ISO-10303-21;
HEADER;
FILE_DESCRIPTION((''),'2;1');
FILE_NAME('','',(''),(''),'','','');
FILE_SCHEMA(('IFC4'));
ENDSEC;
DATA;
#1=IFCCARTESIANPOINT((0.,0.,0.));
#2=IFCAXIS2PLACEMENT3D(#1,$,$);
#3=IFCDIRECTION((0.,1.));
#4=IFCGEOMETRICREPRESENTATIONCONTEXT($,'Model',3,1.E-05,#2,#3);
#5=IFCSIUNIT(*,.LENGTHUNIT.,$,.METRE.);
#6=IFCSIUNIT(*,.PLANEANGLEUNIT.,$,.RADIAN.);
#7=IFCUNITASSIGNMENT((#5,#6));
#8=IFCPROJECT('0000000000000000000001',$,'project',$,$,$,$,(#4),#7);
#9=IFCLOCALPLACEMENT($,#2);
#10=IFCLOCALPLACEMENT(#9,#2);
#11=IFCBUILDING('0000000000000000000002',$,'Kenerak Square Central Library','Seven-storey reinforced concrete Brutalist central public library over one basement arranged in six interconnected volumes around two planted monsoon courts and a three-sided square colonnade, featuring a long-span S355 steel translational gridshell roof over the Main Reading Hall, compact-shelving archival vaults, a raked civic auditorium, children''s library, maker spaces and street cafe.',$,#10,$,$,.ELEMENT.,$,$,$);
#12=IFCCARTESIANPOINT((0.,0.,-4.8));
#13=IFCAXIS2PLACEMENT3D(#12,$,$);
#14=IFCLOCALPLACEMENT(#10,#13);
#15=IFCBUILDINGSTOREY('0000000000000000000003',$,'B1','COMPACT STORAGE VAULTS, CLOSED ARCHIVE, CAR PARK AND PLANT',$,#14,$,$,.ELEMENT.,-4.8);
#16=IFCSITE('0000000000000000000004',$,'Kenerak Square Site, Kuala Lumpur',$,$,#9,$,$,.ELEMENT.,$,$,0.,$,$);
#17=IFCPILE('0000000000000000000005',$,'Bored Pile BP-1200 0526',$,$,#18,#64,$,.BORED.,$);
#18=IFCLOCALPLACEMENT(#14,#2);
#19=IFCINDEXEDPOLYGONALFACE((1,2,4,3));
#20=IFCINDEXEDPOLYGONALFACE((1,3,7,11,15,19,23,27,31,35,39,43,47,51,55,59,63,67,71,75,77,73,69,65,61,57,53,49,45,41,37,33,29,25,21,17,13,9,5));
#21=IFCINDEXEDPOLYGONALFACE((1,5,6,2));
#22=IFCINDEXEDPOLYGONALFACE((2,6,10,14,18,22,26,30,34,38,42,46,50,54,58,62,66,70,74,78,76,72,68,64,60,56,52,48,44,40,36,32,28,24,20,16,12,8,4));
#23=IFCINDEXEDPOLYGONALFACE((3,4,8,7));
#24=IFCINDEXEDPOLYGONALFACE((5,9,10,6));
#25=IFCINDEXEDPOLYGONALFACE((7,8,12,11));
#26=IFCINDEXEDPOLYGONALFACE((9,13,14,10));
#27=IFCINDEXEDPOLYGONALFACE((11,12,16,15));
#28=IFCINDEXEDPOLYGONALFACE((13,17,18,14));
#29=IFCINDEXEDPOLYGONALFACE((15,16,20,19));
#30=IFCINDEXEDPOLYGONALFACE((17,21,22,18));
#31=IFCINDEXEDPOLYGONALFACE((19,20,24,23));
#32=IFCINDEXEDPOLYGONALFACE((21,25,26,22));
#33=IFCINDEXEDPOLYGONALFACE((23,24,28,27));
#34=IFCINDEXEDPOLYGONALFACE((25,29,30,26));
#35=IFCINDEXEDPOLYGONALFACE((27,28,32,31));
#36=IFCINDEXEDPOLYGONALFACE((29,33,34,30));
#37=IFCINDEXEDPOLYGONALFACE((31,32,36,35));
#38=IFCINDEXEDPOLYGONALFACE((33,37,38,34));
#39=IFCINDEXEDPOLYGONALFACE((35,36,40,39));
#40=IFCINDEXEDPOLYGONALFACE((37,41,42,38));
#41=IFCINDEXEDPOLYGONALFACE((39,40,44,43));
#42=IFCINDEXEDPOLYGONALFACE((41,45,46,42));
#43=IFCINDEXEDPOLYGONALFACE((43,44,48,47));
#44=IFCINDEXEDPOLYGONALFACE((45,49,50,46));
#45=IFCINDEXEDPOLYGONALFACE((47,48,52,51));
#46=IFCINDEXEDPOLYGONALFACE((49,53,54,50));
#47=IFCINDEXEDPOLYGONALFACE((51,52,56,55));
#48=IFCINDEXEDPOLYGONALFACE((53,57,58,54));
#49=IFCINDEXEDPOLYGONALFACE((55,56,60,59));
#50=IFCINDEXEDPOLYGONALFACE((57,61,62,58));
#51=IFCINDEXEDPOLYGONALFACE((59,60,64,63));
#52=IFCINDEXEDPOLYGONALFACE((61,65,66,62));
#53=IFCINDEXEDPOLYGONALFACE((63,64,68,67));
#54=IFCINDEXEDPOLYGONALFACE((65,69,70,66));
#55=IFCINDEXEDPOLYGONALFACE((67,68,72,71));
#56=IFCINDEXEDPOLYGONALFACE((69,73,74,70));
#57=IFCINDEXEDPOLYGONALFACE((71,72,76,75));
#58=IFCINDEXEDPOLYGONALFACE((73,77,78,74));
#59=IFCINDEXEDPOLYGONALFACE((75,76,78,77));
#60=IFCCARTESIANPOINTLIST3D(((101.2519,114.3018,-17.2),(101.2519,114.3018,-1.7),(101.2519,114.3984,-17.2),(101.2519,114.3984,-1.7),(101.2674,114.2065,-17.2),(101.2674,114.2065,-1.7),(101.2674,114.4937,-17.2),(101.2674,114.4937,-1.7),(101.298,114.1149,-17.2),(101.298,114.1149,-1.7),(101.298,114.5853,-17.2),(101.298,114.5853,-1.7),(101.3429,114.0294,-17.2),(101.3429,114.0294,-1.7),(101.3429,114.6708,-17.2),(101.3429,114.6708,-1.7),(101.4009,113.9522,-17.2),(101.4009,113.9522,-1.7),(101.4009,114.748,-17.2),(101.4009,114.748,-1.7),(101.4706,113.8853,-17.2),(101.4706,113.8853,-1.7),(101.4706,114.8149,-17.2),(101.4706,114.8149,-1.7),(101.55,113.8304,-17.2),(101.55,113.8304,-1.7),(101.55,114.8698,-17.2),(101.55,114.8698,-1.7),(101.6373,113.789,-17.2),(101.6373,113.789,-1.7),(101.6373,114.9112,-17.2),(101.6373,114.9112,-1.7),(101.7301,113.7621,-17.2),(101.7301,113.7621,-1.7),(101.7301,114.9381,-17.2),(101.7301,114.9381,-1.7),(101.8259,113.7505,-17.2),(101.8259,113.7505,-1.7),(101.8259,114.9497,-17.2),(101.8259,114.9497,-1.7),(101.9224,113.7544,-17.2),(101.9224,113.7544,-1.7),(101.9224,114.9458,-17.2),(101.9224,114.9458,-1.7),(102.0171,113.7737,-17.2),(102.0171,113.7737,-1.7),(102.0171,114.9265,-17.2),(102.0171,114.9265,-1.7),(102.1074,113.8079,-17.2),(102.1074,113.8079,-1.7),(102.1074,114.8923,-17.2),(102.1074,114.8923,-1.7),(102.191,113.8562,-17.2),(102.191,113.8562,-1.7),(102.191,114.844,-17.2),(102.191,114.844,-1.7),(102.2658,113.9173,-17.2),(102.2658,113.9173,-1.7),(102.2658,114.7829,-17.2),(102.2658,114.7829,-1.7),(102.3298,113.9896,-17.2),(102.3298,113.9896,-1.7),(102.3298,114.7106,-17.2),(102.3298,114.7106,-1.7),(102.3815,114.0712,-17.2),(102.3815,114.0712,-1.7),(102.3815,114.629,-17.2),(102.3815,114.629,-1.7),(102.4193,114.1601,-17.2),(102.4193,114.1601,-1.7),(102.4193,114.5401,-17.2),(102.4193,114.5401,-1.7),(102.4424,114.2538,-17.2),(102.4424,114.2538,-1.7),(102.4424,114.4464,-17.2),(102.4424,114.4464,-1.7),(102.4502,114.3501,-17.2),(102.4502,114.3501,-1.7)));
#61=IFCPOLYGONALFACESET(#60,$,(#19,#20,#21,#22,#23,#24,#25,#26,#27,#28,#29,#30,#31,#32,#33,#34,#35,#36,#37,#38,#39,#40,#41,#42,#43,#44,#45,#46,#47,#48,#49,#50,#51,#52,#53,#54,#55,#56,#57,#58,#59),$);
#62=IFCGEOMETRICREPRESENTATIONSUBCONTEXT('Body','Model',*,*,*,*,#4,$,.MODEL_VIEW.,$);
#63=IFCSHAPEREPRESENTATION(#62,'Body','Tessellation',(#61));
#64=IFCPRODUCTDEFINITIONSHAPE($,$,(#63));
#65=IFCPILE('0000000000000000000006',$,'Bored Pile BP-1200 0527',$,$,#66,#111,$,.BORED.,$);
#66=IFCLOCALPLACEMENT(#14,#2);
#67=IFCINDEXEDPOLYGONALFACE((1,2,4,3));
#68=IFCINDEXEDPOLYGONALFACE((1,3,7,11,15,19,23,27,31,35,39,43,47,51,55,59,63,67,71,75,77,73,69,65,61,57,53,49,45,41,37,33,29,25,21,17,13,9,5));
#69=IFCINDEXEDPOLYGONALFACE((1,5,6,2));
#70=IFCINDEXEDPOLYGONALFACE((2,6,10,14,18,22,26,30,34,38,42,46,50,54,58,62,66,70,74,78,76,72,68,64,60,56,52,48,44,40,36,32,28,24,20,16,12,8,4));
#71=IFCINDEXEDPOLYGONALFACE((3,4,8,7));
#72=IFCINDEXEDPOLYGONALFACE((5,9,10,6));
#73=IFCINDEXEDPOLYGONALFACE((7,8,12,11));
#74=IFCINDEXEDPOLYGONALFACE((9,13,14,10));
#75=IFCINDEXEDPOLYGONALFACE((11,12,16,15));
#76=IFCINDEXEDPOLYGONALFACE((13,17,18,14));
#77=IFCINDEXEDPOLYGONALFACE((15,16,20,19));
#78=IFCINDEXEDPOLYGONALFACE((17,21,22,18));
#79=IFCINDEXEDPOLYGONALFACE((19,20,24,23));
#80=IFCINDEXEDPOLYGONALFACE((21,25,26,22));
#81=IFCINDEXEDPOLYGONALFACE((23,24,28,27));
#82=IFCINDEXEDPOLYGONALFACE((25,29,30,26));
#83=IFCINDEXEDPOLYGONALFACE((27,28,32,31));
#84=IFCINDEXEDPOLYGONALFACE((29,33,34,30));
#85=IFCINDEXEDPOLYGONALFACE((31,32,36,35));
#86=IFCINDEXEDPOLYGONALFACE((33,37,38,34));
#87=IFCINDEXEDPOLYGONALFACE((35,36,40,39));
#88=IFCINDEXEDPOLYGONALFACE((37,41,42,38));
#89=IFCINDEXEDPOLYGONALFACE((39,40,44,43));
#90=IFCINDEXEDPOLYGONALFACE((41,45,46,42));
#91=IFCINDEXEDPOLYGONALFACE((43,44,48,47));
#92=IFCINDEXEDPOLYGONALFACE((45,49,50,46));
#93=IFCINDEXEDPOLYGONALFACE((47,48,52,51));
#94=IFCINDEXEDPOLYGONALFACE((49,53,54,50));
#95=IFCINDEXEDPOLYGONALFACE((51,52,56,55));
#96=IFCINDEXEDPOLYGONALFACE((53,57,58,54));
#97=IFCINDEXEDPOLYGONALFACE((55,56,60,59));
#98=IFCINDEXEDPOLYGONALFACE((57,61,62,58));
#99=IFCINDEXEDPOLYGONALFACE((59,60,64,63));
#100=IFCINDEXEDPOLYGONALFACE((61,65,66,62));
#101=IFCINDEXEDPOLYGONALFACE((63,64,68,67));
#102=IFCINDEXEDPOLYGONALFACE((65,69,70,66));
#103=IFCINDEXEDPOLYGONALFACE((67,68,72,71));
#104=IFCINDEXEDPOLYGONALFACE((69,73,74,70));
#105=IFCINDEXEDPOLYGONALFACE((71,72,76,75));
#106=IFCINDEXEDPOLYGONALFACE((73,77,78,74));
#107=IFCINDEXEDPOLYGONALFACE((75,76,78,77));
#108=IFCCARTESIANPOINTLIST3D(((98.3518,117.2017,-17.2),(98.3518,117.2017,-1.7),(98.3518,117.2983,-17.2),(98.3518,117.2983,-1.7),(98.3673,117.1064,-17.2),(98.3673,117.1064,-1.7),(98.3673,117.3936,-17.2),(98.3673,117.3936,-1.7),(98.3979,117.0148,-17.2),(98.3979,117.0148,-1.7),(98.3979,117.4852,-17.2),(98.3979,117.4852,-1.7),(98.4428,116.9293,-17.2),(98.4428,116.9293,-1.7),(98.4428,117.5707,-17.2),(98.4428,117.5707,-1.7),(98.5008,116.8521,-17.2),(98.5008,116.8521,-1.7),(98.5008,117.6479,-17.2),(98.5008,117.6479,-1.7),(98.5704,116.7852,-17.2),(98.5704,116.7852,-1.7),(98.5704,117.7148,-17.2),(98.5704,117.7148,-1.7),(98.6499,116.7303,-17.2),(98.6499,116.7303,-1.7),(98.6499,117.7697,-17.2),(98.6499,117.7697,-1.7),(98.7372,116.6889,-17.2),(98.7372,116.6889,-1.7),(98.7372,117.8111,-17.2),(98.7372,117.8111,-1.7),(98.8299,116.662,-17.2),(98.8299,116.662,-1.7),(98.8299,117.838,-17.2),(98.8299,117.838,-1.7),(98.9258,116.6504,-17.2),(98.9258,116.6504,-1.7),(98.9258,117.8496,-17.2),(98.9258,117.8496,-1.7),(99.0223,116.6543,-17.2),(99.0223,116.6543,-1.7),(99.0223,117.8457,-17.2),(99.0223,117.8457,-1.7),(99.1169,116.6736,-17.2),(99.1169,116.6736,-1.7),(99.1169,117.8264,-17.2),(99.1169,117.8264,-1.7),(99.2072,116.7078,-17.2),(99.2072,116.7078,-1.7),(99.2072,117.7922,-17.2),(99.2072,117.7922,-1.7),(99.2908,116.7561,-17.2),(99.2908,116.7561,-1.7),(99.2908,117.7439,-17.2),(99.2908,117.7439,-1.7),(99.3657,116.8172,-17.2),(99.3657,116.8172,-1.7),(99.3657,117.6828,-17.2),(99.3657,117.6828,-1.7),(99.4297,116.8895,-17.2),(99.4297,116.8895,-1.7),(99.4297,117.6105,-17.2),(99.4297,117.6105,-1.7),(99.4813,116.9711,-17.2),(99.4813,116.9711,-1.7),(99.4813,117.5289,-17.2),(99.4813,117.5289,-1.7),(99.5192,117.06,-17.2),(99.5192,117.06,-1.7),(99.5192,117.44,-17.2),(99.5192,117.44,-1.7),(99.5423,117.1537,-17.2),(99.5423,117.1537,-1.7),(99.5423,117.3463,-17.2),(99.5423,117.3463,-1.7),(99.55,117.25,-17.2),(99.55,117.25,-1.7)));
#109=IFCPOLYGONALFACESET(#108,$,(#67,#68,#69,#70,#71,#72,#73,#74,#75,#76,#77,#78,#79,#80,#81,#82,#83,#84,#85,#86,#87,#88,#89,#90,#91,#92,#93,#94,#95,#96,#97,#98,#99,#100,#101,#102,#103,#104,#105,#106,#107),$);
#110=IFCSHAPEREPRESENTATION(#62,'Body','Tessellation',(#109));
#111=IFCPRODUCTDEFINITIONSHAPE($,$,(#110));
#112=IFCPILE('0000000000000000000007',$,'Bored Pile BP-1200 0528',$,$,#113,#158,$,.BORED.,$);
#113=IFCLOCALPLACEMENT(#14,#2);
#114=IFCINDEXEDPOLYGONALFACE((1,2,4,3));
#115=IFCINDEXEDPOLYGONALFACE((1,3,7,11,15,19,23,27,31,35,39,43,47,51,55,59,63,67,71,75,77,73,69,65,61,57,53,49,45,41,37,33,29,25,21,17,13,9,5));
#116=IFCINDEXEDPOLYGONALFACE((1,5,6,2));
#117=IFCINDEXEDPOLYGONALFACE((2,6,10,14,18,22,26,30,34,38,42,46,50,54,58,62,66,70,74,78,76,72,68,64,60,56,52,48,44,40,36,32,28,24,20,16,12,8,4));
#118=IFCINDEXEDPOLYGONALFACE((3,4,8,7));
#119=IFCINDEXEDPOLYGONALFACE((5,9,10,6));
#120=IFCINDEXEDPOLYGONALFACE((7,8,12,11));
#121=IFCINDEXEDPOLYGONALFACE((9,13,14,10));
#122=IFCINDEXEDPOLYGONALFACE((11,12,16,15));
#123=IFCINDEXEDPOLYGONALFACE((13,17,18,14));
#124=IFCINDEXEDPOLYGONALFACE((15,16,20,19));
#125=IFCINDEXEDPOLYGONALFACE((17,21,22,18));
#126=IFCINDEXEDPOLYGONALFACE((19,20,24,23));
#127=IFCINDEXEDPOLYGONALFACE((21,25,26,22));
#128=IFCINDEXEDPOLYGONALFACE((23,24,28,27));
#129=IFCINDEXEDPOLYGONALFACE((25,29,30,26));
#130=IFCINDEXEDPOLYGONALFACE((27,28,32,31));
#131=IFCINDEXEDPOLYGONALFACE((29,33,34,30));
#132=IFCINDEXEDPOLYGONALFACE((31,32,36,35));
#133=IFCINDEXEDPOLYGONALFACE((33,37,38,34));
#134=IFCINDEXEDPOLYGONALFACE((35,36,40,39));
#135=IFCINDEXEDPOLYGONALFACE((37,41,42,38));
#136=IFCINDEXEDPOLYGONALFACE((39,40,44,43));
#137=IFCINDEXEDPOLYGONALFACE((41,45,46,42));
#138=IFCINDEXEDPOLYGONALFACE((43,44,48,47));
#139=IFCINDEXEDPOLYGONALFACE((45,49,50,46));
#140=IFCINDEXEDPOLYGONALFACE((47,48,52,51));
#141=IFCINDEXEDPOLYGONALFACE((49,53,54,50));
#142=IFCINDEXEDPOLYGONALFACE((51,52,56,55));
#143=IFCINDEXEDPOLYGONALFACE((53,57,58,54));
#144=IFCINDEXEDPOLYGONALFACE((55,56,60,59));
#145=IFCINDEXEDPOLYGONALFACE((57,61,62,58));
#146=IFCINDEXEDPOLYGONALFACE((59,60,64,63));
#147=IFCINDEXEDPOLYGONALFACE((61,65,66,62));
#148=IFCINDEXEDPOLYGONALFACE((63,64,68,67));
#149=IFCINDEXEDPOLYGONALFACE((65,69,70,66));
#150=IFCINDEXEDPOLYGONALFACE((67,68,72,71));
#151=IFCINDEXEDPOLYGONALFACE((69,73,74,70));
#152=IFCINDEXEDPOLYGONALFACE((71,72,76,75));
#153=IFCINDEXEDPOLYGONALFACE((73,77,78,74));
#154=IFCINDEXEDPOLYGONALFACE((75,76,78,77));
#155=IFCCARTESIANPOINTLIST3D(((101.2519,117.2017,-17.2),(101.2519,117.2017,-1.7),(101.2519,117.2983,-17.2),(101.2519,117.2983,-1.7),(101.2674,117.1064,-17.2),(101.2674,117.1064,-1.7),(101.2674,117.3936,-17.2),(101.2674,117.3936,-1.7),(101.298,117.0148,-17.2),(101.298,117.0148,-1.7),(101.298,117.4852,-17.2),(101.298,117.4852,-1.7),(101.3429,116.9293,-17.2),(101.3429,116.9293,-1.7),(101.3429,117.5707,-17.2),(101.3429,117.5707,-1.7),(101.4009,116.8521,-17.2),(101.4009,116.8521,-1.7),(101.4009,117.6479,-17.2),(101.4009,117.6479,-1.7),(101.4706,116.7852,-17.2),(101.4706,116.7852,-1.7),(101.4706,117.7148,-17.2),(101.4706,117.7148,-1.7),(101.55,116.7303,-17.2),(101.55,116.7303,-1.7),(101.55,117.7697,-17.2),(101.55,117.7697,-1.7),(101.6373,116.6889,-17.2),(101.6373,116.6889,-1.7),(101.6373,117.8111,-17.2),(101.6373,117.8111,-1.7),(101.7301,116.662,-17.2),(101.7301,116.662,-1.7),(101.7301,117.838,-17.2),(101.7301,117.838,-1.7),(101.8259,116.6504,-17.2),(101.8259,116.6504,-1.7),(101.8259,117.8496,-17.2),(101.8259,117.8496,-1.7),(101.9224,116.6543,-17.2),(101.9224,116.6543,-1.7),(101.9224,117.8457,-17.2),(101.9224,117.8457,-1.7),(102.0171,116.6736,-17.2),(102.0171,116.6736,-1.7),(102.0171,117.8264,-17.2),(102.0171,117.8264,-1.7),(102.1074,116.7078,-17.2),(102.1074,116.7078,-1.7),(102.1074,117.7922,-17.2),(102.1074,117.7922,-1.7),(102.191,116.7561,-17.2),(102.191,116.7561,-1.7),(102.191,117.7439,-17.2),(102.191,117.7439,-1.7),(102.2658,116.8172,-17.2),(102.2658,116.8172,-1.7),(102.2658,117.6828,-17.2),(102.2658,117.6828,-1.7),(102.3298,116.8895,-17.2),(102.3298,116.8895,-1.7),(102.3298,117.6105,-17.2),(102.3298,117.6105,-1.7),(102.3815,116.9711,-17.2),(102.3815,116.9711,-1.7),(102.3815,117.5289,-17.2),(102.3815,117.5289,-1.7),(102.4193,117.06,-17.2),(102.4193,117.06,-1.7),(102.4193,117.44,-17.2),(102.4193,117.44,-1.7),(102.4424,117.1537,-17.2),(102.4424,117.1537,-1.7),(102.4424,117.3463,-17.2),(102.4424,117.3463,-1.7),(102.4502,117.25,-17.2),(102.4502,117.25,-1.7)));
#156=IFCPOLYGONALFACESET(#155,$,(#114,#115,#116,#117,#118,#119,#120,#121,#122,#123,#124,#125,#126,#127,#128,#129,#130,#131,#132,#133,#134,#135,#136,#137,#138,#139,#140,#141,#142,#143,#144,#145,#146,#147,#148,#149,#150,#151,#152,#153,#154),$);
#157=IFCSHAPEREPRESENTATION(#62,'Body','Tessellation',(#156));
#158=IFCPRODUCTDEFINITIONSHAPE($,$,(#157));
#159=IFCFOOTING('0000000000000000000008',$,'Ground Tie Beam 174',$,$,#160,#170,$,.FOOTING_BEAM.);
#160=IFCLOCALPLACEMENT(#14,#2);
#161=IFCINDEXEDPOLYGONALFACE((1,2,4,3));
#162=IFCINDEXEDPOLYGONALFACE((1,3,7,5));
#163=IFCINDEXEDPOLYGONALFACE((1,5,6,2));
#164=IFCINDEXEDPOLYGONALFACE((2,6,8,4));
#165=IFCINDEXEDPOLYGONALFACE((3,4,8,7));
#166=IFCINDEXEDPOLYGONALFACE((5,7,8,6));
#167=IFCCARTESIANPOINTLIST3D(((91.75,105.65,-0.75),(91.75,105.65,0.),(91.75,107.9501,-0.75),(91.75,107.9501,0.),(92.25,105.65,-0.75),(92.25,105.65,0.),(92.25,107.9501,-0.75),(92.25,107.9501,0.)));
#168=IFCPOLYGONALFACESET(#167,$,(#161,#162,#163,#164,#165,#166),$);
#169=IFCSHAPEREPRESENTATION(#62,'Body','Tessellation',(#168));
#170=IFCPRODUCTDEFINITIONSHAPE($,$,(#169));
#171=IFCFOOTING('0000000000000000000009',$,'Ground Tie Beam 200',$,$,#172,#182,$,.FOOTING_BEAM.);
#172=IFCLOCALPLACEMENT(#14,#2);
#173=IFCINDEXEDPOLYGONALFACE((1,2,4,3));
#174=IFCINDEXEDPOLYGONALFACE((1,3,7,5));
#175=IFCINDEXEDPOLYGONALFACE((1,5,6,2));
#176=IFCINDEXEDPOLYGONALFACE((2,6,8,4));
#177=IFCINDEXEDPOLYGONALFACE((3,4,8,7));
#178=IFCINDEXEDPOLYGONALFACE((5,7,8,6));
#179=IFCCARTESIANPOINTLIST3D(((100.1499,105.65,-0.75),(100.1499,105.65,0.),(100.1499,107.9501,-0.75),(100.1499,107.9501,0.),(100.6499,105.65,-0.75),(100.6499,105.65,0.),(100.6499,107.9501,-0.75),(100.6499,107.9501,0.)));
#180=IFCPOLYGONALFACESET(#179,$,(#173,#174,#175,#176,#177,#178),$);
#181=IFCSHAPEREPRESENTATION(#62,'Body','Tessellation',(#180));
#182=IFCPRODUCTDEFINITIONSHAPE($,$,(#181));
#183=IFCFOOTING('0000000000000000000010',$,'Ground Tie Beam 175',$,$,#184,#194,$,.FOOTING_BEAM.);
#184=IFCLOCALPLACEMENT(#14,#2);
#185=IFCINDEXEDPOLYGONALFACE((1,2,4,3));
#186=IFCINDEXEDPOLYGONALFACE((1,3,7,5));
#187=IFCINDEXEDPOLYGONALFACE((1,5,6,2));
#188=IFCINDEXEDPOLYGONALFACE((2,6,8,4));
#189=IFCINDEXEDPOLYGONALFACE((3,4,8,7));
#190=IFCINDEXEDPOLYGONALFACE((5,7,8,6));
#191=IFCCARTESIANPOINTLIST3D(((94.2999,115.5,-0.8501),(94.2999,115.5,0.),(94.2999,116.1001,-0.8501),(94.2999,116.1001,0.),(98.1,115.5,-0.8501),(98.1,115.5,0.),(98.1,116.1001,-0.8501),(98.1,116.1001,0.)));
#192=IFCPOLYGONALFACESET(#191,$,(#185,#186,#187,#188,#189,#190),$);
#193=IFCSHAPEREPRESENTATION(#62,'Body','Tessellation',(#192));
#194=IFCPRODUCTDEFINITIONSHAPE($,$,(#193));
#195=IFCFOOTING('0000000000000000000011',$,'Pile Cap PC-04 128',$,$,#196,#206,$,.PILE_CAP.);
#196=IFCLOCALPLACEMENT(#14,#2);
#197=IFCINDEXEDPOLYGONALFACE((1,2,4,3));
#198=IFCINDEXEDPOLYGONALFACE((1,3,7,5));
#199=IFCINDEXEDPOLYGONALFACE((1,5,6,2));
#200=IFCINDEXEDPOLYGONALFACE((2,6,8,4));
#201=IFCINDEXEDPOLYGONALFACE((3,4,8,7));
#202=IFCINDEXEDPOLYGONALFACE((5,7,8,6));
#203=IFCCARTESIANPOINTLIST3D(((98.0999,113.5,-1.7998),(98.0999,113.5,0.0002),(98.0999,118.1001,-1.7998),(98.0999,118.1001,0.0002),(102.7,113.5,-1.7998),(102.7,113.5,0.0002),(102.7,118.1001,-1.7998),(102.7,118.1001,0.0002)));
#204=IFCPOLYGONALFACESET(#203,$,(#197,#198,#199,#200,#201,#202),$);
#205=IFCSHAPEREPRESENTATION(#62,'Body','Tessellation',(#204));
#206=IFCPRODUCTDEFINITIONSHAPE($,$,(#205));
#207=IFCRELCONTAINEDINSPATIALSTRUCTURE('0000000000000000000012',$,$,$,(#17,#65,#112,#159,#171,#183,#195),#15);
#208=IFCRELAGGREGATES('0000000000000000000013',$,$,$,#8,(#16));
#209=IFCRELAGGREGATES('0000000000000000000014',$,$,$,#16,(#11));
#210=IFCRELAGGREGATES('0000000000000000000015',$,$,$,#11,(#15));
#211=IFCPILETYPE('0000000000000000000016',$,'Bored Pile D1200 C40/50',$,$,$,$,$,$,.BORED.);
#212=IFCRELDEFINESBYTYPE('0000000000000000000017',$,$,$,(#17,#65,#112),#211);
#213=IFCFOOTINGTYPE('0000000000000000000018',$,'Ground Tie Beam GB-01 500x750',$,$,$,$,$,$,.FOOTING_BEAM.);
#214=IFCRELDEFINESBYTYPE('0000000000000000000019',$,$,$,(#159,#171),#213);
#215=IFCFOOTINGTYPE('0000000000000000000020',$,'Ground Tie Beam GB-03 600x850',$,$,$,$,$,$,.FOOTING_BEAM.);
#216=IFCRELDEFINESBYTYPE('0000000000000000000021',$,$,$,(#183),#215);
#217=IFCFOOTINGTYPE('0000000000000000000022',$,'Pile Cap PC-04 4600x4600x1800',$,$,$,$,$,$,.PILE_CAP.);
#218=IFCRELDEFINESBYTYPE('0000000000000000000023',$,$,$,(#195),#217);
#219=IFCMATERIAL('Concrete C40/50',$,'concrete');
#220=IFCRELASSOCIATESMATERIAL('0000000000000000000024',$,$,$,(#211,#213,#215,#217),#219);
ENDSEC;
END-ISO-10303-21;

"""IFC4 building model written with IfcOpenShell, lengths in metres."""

from ifc_helpers import new_model, si_unit, direction, frame, origin, origin_2d, place, context, subcontext, project, spatial, rectangle, circle, extrude, material, material_profile, profile_set, type_object, element, save


model = new_model("IFC4")

# Units and contexts
model_context = context("Model", 3, precision=1e-05, world=origin(), true_north=direction((0.0, 1.0)))
body_context = subcontext(model_context, "Body", "Model", "MODEL_VIEW")
ifc_project = project(units=[si_unit("LENGTHUNIT", "METRE"), si_unit("PLANEANGLEUNIT", "RADIAN")], contexts=[model_context])

# Site, building, storey
site_placement = place(None, origin())
site = spatial("IfcSite", under=ifc_project, at=site_placement, Name="Kenerak Square Site, Kuala Lumpur", CompositionType="ELEMENT", RefElevation=0.0)
building_placement = place(site_placement, origin())
building = spatial("IfcBuilding", under=site, at=building_placement, Name="Kenerak Square Central Library", Description="Seven-storey reinforced concrete Brutalist central public library over one basement arranged in six interconnected volumes around two planted monsoon courts and a three-sided square colonnade, featuring a long-span S355 steel translational gridshell roof over the Main Reading Hall, compact-shelving archival vaults, a raked civic auditorium, children's library, maker spaces and street cafe.", CompositionType="ELEMENT")
storey_placement = place(building_placement, frame((0.0, 0.0, -4.8)))
storey = spatial("IfcBuildingStorey", under=building, at=storey_placement, Name="B1", Description="COMPACT STORAGE VAULTS, CLOSED ARCHIVE, CAR PARK AND PLANT", CompositionType="ELEMENT", Elevation=-4.8)

# Piles
ifc_material_1 = material(Name="Concrete C40/50", Category="concrete")
ifc_material_profile_1 = material_profile(ifc_material_1, circle(Radius=0.6001, at=origin_2d()), Name="BP D1200")
ifc_profile_set_1 = profile_set([ifc_material_profile_1], Name="Concrete C40/50")
pile_type = type_object("IfcPileType", Name="Bored Pile D1200 C40/50", PredefinedType="BORED", material=ifc_profile_set_1)
for number, where, z_axis, x_axis, name in (
    (1, (101.8501, 114.3501, -1.7), (0.0, 0.0, -1.0), (1.0, 0.0, 0.0), "Bored Pile BP-1200 0526"),
    (2, (98.95, 117.25, -1.7), (0.0, 0.0, -1.0), (1.0, 0.0, 0.0), "Bored Pile BP-1200 0527"),
    (3, (101.8501, 117.25, -1.7), (0.0, 0.0, -1.0), (1.0, 0.0, 0.0), "Bored Pile BP-1200 0528"),
):
    element("IfcPile", number, at=place(storey_placement, frame(where, z_axis=z_axis, x_axis=x_axis)), inside=storey, type_object=pile_type, Name=name, PredefinedType="BORED", context=body_context, shape_type="SweptSolid", body=[
        extrude(circle(Radius=0.6001, at=origin_2d()), origin(), (0.0, 0.0, 1.0), 15.5),
    ])

# Footings
footing_type_1 = type_object("IfcFootingType", Name="Ground Tie Beam GB-01 500x750", PredefinedType="FOOTING_BEAM", material=ifc_material_1)
for number, where, z_axis, x_axis, name in (
    (4, (92.0, 106.8, -0.75), (0.0, 0.0, 1.0), (1.0, 0.0, 0.0), "Ground Tie Beam 174"),
    (5, (100.3999, 106.8, -0.75), (0.0, 0.0, 1.0), (1.0, 0.0, 0.0), "Ground Tie Beam 200"),
):
    element("IfcFooting", number, at=place(storey_placement, frame(where, z_axis=z_axis, x_axis=x_axis)), inside=storey, type_object=footing_type_1, Name=name, PredefinedType="FOOTING_BEAM", context=body_context, shape_type="SweptSolid", body=[
        extrude(rectangle(XDim=0.5, YDim=2.3, at=origin_2d()), origin(), (0.0, 0.0, 1.0), 0.75),
    ])
footing_type_2 = type_object("IfcFootingType", Name="Ground Tie Beam GB-03 600x850", PredefinedType="FOOTING_BEAM", material=ifc_material_1)
footing_1_placement = place(storey_placement, frame((96.2, 115.8, -0.8501), z_axis=(0.0, 0.0, 1.0), x_axis=(1.0, 0.0, 0.0)))
element("IfcFooting", 6, at=footing_1_placement, inside=storey, type_object=footing_type_2, Name="Ground Tie Beam 175", PredefinedType="FOOTING_BEAM", context=body_context, shape_type="SweptSolid", body=[
    extrude(rectangle(XDim=3.8, YDim=0.6001, at=origin_2d()), origin(), (0.0, 0.0, 1.0), 0.8501),
])
footing_type_3 = type_object("IfcFootingType", Name="Pile Cap PC-04 4600x4600x1800", PredefinedType="PILE_CAP", material=ifc_material_1)
footing_2_placement = place(storey_placement, frame((100.3999, 115.8, -1.7998), z_axis=(0.0, 0.0, 1.0), x_axis=(1.0, 0.0, 0.0)))
element("IfcFooting", 7, at=footing_2_placement, inside=storey, type_object=footing_type_3, Name="Pile Cap PC-04 128", PredefinedType="PILE_CAP", context=body_context, shape_type="SweptSolid", body=[
    extrude(rectangle(XDim=4.6001, YDim=4.6001, at=origin_2d()), origin(), (0.0, 0.0, 1.0), 1.8),
])

save(model, "model.ifc")
